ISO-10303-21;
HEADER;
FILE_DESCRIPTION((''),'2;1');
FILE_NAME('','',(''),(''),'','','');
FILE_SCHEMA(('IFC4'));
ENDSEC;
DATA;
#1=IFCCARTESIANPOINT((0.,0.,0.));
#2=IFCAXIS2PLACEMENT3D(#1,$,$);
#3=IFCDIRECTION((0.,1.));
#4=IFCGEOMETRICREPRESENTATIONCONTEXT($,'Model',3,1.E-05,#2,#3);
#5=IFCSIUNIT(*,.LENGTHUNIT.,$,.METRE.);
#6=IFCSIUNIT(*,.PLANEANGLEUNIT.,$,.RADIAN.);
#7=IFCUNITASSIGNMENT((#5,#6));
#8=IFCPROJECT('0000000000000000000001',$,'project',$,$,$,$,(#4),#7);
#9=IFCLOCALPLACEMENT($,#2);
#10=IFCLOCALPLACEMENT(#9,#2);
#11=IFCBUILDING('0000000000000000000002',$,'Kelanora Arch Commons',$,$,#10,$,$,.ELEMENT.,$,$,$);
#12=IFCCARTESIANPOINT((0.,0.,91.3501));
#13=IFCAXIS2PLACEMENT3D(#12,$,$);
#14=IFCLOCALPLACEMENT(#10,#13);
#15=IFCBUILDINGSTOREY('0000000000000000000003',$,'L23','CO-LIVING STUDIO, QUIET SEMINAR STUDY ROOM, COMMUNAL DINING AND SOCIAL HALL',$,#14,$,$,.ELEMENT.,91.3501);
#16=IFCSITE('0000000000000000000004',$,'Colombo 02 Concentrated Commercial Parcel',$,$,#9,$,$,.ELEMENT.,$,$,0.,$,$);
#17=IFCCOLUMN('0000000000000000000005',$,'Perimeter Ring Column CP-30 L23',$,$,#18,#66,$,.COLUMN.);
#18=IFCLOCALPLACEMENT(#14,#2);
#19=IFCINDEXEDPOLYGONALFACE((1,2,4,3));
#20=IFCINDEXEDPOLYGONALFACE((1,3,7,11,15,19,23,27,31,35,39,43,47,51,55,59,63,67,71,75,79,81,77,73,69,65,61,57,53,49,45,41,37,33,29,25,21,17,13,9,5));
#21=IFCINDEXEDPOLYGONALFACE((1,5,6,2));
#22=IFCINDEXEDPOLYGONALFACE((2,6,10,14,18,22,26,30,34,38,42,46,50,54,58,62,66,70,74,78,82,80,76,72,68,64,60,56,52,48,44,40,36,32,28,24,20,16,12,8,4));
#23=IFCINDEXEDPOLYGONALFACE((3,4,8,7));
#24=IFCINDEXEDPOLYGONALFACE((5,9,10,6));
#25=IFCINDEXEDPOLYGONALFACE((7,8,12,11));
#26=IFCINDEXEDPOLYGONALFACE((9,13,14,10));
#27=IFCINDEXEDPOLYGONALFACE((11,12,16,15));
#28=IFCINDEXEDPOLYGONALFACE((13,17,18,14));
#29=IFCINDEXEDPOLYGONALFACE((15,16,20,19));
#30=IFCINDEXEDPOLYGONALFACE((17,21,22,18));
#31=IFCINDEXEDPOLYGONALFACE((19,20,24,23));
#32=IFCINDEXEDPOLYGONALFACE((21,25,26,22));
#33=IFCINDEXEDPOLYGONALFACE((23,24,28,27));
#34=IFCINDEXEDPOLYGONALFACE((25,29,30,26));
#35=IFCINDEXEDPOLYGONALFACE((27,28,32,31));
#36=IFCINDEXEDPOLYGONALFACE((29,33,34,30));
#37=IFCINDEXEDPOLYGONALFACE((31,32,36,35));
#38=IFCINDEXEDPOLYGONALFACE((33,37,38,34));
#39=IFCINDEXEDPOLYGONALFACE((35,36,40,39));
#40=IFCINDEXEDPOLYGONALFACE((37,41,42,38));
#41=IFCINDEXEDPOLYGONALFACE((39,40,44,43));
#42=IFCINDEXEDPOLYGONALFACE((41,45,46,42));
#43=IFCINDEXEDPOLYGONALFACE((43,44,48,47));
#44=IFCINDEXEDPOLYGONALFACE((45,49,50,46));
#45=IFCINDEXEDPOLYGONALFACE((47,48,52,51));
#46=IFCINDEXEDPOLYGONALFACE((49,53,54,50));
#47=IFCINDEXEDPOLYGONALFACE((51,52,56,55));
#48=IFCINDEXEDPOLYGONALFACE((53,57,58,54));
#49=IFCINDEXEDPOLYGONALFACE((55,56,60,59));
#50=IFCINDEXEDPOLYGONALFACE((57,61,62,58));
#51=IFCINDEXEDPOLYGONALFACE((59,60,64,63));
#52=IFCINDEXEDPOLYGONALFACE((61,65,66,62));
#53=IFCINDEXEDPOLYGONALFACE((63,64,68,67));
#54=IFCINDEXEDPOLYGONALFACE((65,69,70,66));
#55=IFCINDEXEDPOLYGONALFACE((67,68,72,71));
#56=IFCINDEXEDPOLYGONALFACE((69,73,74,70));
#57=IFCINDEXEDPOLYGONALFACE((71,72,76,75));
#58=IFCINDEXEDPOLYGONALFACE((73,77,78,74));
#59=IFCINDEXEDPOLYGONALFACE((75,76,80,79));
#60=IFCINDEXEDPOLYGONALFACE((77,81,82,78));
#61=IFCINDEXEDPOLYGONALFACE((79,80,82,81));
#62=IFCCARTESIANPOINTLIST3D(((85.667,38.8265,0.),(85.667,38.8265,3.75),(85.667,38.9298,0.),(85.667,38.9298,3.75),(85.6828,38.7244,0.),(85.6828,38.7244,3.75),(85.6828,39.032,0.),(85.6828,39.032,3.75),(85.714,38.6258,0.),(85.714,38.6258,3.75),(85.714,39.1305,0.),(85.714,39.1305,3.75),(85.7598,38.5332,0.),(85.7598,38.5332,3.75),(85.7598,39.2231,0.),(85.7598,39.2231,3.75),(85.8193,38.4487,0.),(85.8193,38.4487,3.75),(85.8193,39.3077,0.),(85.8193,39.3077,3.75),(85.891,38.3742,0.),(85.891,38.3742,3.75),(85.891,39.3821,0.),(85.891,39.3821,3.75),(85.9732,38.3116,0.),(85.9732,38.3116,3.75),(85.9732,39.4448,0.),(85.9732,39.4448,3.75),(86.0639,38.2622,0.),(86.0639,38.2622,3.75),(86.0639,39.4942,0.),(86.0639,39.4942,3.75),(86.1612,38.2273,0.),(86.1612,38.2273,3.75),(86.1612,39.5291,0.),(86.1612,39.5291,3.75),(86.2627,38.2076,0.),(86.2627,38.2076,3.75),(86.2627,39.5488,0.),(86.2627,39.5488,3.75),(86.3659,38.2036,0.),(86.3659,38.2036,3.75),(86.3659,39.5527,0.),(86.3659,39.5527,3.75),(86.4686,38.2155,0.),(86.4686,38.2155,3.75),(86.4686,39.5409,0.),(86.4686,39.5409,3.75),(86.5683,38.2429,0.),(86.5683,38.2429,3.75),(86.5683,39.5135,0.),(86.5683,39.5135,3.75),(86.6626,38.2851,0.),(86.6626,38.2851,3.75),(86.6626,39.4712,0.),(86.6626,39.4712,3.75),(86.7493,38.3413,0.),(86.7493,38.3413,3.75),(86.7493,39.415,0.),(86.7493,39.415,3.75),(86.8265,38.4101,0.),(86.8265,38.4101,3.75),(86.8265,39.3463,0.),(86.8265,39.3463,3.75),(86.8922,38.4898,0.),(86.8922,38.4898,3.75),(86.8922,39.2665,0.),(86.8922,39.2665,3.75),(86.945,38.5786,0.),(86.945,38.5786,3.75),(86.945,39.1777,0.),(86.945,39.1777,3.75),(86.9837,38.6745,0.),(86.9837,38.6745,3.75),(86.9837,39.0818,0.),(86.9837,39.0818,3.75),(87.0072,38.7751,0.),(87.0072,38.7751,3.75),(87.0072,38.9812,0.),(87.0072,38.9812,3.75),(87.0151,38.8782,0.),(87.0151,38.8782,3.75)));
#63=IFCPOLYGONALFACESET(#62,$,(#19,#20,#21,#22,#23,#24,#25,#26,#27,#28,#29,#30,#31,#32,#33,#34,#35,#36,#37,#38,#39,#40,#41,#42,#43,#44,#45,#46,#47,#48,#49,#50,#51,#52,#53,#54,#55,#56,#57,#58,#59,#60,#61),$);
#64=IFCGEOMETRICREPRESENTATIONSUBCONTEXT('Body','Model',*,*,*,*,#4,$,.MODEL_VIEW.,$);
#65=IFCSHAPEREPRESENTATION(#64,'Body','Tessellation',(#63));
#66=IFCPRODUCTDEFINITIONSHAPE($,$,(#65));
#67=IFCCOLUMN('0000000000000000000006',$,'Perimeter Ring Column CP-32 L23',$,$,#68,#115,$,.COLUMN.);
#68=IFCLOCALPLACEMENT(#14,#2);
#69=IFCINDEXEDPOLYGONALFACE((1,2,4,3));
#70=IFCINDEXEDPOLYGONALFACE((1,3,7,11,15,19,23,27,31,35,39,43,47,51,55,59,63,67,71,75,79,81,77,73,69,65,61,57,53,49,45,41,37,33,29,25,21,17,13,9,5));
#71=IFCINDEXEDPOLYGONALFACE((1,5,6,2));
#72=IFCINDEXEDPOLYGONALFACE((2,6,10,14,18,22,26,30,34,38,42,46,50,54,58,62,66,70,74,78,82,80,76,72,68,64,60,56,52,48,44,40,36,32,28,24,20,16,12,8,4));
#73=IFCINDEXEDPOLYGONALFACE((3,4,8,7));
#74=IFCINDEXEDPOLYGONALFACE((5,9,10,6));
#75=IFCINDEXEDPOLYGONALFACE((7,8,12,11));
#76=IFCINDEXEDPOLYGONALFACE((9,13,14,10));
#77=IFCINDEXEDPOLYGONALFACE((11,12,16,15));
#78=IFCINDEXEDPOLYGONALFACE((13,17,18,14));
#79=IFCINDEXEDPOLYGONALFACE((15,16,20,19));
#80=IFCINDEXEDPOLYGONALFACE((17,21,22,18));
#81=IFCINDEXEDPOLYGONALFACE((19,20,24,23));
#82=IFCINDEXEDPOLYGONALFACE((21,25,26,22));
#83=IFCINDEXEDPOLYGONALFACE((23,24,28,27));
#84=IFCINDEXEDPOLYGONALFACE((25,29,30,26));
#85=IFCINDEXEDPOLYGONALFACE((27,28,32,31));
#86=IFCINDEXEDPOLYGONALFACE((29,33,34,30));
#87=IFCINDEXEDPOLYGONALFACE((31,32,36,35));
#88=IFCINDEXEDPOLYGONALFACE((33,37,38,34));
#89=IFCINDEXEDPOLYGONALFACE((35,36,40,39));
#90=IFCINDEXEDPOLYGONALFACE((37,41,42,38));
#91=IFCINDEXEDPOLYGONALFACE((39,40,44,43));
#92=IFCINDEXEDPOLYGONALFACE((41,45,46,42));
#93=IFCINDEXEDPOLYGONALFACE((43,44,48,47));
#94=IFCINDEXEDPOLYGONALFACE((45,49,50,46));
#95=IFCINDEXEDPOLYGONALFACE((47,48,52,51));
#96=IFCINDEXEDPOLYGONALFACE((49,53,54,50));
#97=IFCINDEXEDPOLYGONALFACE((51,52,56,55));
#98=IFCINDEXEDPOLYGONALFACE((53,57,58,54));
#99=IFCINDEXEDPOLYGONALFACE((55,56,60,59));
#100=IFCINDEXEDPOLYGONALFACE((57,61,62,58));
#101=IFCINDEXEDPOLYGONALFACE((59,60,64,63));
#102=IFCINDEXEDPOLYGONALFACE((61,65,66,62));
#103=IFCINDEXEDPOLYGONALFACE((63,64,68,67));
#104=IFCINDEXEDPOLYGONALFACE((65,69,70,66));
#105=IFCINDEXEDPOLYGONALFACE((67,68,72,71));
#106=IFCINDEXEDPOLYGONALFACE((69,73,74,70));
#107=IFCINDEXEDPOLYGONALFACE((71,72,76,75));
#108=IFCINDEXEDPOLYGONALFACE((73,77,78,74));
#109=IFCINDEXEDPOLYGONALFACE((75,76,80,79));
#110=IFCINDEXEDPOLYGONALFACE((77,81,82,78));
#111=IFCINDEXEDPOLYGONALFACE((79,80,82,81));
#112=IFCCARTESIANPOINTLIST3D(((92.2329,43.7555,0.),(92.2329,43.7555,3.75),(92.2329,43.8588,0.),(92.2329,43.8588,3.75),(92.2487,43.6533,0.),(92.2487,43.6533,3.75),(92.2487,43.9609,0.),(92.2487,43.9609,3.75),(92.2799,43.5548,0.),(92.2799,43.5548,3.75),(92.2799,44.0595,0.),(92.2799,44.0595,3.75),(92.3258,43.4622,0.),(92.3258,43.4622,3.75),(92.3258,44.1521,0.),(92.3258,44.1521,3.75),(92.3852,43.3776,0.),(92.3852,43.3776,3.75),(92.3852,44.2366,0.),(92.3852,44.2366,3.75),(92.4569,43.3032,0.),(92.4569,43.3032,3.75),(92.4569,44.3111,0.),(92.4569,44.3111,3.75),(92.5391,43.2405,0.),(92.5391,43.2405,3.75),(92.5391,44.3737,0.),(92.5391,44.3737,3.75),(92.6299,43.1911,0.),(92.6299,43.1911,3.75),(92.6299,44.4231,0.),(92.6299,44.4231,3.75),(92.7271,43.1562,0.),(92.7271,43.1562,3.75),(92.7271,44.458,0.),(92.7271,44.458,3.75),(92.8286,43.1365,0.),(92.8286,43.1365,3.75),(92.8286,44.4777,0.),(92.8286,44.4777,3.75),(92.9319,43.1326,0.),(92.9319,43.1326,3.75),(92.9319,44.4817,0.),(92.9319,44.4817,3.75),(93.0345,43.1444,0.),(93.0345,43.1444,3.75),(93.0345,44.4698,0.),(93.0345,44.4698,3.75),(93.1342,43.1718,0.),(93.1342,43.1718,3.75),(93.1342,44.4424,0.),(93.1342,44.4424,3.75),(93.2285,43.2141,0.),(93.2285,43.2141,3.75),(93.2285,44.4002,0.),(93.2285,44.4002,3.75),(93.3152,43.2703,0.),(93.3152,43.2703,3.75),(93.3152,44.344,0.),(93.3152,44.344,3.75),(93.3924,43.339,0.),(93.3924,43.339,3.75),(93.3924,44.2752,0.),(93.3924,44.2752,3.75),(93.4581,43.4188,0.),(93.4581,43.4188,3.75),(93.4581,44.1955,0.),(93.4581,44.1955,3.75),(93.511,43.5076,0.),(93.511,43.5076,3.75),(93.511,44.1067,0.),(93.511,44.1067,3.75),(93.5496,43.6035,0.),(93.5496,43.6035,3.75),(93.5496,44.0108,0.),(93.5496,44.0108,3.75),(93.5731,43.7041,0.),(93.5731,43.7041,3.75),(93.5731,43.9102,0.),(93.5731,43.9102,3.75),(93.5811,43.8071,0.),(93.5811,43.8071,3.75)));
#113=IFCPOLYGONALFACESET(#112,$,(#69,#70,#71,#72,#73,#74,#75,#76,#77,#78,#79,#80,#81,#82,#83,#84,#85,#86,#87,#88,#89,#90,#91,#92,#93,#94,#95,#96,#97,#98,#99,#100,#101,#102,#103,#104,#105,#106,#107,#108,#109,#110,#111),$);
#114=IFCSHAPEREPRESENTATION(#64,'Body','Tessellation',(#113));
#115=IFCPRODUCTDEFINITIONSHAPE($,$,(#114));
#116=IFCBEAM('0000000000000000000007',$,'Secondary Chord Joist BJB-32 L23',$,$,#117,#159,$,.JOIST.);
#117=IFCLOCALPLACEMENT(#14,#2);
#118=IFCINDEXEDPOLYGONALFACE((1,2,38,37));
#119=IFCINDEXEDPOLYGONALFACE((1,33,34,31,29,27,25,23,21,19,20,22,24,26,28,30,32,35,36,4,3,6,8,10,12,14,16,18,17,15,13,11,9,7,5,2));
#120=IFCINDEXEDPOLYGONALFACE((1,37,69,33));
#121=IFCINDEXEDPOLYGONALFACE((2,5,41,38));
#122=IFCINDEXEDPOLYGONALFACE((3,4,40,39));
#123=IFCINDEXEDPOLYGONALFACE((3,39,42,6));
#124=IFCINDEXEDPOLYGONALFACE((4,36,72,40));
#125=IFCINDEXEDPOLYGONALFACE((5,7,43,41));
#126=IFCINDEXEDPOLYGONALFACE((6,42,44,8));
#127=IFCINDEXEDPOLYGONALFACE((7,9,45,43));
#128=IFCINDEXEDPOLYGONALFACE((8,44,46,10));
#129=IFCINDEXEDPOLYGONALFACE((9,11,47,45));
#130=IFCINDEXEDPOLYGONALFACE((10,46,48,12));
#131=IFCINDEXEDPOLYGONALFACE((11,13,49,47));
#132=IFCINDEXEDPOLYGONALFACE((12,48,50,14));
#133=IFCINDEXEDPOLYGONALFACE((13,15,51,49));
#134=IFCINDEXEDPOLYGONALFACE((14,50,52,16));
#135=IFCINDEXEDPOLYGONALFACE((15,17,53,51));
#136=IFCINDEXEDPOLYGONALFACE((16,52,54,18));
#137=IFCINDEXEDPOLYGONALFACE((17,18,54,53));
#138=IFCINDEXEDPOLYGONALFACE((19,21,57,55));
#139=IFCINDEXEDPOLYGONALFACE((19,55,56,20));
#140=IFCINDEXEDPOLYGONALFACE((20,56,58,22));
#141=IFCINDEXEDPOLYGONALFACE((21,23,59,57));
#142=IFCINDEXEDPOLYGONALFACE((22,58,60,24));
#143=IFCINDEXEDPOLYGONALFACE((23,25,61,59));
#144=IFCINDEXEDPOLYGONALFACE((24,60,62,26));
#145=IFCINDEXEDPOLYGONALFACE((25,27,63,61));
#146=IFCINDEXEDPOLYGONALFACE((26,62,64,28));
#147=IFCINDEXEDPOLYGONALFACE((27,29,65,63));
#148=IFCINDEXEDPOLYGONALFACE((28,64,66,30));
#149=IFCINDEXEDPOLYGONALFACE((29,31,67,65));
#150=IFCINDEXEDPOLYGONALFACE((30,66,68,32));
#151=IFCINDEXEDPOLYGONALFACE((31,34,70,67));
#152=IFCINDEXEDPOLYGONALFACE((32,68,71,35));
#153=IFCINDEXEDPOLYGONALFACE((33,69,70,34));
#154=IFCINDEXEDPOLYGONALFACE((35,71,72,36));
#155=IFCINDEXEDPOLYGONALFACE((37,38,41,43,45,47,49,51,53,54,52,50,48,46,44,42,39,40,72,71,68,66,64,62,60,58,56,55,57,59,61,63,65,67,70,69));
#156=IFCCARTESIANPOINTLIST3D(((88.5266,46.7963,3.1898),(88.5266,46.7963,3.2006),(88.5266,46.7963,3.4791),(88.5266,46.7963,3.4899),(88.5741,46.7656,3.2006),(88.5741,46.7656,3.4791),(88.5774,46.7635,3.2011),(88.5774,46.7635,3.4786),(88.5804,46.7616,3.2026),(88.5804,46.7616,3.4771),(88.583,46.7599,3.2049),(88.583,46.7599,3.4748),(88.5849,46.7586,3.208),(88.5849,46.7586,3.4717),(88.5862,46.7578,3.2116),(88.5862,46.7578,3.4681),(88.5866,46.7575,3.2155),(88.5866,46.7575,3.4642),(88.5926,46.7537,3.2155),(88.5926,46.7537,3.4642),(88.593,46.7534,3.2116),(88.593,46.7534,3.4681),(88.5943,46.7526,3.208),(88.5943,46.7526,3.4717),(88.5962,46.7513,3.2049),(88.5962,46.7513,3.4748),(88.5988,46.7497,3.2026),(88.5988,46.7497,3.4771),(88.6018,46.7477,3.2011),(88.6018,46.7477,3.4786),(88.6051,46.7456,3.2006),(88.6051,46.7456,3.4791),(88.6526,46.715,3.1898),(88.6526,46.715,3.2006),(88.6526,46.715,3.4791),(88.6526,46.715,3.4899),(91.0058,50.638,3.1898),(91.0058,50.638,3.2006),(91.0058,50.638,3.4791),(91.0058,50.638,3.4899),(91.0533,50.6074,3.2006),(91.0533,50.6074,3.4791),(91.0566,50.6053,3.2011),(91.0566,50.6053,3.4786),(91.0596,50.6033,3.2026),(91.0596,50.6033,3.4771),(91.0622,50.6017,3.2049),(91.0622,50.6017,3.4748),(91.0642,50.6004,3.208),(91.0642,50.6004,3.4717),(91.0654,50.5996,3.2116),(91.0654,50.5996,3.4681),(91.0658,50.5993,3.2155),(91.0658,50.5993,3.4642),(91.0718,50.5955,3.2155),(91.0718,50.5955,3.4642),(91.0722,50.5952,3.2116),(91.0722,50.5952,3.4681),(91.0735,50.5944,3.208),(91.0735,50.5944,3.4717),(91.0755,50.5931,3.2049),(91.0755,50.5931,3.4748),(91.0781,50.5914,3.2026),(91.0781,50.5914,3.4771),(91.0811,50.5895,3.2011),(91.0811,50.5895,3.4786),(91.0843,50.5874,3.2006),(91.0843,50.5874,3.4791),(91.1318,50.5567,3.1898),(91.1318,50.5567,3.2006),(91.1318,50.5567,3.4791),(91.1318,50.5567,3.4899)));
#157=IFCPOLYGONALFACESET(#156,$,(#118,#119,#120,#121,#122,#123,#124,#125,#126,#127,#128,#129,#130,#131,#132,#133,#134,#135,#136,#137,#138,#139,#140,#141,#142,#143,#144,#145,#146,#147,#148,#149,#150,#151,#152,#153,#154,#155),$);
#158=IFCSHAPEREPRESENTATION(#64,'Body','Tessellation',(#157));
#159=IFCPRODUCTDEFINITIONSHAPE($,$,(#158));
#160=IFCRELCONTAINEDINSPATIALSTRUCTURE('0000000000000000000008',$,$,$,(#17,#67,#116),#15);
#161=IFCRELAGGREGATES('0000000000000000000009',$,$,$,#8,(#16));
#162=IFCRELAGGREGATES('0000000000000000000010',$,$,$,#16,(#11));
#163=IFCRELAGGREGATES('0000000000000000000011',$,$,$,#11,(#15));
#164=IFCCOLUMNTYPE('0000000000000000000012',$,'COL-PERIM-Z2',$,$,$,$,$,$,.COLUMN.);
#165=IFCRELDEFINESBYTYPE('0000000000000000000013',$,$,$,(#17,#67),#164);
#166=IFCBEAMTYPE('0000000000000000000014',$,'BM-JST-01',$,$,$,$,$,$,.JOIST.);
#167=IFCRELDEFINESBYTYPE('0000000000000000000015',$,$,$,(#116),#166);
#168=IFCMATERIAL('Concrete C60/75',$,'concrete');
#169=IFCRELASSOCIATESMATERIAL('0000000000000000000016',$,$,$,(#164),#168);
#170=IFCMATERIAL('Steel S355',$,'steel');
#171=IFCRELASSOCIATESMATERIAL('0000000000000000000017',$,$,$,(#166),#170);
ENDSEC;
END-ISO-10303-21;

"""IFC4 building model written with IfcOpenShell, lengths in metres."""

from ifc_helpers import new_model, si_unit, direction, frame, origin, origin_2d, place, context, subcontext, project, spatial, circle, i_section, extrude, material, material_profile, profile_set, type_object, element, save


model = new_model("IFC4")

# Units and contexts
model_context = context("Model", 3, precision=1e-05, world=origin(), true_north=direction((0.0, 1.0)))
body_context = subcontext(model_context, "Body", "Model", "MODEL_VIEW")
ifc_project = project(units=[si_unit("LENGTHUNIT", "METRE"), si_unit("PLANEANGLEUNIT", "RADIAN")], contexts=[model_context])

# Site, building, storey
site_placement = place(None, origin())
site = spatial("IfcSite", under=ifc_project, at=site_placement, Name="Colombo 02 Concentrated Commercial Parcel", CompositionType="ELEMENT", RefElevation=0.0)
building_placement = place(site_placement, origin())
building = spatial("IfcBuilding", under=site, at=building_placement, Name="Kelanora Arch Commons", CompositionType="ELEMENT")
storey_placement = place(building_placement, frame((0.0, 0.0, 91.3501)))
storey = spatial("IfcBuildingStorey", under=building, at=storey_placement, Name="L23", Description="CO-LIVING STUDIO, QUIET SEMINAR STUDY ROOM, COMMUNAL DINING AND SOCIAL HALL", CompositionType="ELEMENT", Elevation=91.3501)

# Columns
ifc_material_1 = material(Name="Concrete C60/75", Category="concrete")
ifc_material_profile_1 = material_profile(ifc_material_1, circle(Radius=0.675, at=origin_2d()), Name="RCC1350")
ifc_profile_set_1 = profile_set([ifc_material_profile_1], Name="Concrete C60/75")
column_type = type_object("IfcColumnType", Name="COL-PERIM-Z2", PredefinedType="COLUMN", material=ifc_profile_set_1)
for number, where, z_axis, x_axis, name in (
    (1, (86.3401, 38.8782, 0.0), (0.0, 0.0, 1.0), (1.0, 0.0, 0.0), "Perimeter Ring Column CP-30 L23"),
    (2, (92.906, 43.8071, 0.0), (0.0, 0.0, 1.0), (1.0, 0.0, 0.0), "Perimeter Ring Column CP-32 L23"),
):
    element("IfcColumn", number, at=place(storey_placement, frame(where, z_axis=z_axis, x_axis=x_axis)), inside=storey, type_object=column_type, Name=name, PredefinedType="COLUMN", context=body_context, shape_type="SweptSolid", body=[
        extrude(circle(Radius=0.675, at=origin_2d()), origin(), (0.0, 0.0, 1.0), 3.75),
    ])

# Beam
ifc_material_2 = material(Name="Steel S355", Category="steel")
ifc_material_profile_2 = material_profile(ifc_material_2, i_section(OverallWidth=0.1499, OverallDepth=0.3, WebThickness=0.0071, FlangeThickness=0.0107, FilletRadius=0.0149, at=origin_2d()), Name="IPE300")
ifc_profile_set_2 = profile_set([ifc_material_profile_2], Name="Steel S355")
beam_type_1 = type_object("IfcBeamType", Name="BM-JST-01", PredefinedType="JOIST", material=ifc_profile_set_2)
beam_1_placement = place(storey_placement, frame((88.5896, 46.7556, 3.3398), z_axis=(0.54223, 0.84023, 0.0), x_axis=(-0.84023, 0.54223, 0.0)))
element("IfcBeam", 3, at=beam_1_placement, inside=storey, type_object=beam_type_1, Name="Secondary Chord Joist BJB-32 L23", PredefinedType="JOIST", context=body_context, shape_type="SweptSolid", body=[
    extrude(i_section(OverallWidth=0.1499, OverallDepth=0.3, WebThickness=0.0071, FlangeThickness=0.0107, FilletRadius=0.0149, at=origin_2d()), origin(), (0.0, 0.0, 1.0), 4.5723),
])

save(model, "model.ifc")
